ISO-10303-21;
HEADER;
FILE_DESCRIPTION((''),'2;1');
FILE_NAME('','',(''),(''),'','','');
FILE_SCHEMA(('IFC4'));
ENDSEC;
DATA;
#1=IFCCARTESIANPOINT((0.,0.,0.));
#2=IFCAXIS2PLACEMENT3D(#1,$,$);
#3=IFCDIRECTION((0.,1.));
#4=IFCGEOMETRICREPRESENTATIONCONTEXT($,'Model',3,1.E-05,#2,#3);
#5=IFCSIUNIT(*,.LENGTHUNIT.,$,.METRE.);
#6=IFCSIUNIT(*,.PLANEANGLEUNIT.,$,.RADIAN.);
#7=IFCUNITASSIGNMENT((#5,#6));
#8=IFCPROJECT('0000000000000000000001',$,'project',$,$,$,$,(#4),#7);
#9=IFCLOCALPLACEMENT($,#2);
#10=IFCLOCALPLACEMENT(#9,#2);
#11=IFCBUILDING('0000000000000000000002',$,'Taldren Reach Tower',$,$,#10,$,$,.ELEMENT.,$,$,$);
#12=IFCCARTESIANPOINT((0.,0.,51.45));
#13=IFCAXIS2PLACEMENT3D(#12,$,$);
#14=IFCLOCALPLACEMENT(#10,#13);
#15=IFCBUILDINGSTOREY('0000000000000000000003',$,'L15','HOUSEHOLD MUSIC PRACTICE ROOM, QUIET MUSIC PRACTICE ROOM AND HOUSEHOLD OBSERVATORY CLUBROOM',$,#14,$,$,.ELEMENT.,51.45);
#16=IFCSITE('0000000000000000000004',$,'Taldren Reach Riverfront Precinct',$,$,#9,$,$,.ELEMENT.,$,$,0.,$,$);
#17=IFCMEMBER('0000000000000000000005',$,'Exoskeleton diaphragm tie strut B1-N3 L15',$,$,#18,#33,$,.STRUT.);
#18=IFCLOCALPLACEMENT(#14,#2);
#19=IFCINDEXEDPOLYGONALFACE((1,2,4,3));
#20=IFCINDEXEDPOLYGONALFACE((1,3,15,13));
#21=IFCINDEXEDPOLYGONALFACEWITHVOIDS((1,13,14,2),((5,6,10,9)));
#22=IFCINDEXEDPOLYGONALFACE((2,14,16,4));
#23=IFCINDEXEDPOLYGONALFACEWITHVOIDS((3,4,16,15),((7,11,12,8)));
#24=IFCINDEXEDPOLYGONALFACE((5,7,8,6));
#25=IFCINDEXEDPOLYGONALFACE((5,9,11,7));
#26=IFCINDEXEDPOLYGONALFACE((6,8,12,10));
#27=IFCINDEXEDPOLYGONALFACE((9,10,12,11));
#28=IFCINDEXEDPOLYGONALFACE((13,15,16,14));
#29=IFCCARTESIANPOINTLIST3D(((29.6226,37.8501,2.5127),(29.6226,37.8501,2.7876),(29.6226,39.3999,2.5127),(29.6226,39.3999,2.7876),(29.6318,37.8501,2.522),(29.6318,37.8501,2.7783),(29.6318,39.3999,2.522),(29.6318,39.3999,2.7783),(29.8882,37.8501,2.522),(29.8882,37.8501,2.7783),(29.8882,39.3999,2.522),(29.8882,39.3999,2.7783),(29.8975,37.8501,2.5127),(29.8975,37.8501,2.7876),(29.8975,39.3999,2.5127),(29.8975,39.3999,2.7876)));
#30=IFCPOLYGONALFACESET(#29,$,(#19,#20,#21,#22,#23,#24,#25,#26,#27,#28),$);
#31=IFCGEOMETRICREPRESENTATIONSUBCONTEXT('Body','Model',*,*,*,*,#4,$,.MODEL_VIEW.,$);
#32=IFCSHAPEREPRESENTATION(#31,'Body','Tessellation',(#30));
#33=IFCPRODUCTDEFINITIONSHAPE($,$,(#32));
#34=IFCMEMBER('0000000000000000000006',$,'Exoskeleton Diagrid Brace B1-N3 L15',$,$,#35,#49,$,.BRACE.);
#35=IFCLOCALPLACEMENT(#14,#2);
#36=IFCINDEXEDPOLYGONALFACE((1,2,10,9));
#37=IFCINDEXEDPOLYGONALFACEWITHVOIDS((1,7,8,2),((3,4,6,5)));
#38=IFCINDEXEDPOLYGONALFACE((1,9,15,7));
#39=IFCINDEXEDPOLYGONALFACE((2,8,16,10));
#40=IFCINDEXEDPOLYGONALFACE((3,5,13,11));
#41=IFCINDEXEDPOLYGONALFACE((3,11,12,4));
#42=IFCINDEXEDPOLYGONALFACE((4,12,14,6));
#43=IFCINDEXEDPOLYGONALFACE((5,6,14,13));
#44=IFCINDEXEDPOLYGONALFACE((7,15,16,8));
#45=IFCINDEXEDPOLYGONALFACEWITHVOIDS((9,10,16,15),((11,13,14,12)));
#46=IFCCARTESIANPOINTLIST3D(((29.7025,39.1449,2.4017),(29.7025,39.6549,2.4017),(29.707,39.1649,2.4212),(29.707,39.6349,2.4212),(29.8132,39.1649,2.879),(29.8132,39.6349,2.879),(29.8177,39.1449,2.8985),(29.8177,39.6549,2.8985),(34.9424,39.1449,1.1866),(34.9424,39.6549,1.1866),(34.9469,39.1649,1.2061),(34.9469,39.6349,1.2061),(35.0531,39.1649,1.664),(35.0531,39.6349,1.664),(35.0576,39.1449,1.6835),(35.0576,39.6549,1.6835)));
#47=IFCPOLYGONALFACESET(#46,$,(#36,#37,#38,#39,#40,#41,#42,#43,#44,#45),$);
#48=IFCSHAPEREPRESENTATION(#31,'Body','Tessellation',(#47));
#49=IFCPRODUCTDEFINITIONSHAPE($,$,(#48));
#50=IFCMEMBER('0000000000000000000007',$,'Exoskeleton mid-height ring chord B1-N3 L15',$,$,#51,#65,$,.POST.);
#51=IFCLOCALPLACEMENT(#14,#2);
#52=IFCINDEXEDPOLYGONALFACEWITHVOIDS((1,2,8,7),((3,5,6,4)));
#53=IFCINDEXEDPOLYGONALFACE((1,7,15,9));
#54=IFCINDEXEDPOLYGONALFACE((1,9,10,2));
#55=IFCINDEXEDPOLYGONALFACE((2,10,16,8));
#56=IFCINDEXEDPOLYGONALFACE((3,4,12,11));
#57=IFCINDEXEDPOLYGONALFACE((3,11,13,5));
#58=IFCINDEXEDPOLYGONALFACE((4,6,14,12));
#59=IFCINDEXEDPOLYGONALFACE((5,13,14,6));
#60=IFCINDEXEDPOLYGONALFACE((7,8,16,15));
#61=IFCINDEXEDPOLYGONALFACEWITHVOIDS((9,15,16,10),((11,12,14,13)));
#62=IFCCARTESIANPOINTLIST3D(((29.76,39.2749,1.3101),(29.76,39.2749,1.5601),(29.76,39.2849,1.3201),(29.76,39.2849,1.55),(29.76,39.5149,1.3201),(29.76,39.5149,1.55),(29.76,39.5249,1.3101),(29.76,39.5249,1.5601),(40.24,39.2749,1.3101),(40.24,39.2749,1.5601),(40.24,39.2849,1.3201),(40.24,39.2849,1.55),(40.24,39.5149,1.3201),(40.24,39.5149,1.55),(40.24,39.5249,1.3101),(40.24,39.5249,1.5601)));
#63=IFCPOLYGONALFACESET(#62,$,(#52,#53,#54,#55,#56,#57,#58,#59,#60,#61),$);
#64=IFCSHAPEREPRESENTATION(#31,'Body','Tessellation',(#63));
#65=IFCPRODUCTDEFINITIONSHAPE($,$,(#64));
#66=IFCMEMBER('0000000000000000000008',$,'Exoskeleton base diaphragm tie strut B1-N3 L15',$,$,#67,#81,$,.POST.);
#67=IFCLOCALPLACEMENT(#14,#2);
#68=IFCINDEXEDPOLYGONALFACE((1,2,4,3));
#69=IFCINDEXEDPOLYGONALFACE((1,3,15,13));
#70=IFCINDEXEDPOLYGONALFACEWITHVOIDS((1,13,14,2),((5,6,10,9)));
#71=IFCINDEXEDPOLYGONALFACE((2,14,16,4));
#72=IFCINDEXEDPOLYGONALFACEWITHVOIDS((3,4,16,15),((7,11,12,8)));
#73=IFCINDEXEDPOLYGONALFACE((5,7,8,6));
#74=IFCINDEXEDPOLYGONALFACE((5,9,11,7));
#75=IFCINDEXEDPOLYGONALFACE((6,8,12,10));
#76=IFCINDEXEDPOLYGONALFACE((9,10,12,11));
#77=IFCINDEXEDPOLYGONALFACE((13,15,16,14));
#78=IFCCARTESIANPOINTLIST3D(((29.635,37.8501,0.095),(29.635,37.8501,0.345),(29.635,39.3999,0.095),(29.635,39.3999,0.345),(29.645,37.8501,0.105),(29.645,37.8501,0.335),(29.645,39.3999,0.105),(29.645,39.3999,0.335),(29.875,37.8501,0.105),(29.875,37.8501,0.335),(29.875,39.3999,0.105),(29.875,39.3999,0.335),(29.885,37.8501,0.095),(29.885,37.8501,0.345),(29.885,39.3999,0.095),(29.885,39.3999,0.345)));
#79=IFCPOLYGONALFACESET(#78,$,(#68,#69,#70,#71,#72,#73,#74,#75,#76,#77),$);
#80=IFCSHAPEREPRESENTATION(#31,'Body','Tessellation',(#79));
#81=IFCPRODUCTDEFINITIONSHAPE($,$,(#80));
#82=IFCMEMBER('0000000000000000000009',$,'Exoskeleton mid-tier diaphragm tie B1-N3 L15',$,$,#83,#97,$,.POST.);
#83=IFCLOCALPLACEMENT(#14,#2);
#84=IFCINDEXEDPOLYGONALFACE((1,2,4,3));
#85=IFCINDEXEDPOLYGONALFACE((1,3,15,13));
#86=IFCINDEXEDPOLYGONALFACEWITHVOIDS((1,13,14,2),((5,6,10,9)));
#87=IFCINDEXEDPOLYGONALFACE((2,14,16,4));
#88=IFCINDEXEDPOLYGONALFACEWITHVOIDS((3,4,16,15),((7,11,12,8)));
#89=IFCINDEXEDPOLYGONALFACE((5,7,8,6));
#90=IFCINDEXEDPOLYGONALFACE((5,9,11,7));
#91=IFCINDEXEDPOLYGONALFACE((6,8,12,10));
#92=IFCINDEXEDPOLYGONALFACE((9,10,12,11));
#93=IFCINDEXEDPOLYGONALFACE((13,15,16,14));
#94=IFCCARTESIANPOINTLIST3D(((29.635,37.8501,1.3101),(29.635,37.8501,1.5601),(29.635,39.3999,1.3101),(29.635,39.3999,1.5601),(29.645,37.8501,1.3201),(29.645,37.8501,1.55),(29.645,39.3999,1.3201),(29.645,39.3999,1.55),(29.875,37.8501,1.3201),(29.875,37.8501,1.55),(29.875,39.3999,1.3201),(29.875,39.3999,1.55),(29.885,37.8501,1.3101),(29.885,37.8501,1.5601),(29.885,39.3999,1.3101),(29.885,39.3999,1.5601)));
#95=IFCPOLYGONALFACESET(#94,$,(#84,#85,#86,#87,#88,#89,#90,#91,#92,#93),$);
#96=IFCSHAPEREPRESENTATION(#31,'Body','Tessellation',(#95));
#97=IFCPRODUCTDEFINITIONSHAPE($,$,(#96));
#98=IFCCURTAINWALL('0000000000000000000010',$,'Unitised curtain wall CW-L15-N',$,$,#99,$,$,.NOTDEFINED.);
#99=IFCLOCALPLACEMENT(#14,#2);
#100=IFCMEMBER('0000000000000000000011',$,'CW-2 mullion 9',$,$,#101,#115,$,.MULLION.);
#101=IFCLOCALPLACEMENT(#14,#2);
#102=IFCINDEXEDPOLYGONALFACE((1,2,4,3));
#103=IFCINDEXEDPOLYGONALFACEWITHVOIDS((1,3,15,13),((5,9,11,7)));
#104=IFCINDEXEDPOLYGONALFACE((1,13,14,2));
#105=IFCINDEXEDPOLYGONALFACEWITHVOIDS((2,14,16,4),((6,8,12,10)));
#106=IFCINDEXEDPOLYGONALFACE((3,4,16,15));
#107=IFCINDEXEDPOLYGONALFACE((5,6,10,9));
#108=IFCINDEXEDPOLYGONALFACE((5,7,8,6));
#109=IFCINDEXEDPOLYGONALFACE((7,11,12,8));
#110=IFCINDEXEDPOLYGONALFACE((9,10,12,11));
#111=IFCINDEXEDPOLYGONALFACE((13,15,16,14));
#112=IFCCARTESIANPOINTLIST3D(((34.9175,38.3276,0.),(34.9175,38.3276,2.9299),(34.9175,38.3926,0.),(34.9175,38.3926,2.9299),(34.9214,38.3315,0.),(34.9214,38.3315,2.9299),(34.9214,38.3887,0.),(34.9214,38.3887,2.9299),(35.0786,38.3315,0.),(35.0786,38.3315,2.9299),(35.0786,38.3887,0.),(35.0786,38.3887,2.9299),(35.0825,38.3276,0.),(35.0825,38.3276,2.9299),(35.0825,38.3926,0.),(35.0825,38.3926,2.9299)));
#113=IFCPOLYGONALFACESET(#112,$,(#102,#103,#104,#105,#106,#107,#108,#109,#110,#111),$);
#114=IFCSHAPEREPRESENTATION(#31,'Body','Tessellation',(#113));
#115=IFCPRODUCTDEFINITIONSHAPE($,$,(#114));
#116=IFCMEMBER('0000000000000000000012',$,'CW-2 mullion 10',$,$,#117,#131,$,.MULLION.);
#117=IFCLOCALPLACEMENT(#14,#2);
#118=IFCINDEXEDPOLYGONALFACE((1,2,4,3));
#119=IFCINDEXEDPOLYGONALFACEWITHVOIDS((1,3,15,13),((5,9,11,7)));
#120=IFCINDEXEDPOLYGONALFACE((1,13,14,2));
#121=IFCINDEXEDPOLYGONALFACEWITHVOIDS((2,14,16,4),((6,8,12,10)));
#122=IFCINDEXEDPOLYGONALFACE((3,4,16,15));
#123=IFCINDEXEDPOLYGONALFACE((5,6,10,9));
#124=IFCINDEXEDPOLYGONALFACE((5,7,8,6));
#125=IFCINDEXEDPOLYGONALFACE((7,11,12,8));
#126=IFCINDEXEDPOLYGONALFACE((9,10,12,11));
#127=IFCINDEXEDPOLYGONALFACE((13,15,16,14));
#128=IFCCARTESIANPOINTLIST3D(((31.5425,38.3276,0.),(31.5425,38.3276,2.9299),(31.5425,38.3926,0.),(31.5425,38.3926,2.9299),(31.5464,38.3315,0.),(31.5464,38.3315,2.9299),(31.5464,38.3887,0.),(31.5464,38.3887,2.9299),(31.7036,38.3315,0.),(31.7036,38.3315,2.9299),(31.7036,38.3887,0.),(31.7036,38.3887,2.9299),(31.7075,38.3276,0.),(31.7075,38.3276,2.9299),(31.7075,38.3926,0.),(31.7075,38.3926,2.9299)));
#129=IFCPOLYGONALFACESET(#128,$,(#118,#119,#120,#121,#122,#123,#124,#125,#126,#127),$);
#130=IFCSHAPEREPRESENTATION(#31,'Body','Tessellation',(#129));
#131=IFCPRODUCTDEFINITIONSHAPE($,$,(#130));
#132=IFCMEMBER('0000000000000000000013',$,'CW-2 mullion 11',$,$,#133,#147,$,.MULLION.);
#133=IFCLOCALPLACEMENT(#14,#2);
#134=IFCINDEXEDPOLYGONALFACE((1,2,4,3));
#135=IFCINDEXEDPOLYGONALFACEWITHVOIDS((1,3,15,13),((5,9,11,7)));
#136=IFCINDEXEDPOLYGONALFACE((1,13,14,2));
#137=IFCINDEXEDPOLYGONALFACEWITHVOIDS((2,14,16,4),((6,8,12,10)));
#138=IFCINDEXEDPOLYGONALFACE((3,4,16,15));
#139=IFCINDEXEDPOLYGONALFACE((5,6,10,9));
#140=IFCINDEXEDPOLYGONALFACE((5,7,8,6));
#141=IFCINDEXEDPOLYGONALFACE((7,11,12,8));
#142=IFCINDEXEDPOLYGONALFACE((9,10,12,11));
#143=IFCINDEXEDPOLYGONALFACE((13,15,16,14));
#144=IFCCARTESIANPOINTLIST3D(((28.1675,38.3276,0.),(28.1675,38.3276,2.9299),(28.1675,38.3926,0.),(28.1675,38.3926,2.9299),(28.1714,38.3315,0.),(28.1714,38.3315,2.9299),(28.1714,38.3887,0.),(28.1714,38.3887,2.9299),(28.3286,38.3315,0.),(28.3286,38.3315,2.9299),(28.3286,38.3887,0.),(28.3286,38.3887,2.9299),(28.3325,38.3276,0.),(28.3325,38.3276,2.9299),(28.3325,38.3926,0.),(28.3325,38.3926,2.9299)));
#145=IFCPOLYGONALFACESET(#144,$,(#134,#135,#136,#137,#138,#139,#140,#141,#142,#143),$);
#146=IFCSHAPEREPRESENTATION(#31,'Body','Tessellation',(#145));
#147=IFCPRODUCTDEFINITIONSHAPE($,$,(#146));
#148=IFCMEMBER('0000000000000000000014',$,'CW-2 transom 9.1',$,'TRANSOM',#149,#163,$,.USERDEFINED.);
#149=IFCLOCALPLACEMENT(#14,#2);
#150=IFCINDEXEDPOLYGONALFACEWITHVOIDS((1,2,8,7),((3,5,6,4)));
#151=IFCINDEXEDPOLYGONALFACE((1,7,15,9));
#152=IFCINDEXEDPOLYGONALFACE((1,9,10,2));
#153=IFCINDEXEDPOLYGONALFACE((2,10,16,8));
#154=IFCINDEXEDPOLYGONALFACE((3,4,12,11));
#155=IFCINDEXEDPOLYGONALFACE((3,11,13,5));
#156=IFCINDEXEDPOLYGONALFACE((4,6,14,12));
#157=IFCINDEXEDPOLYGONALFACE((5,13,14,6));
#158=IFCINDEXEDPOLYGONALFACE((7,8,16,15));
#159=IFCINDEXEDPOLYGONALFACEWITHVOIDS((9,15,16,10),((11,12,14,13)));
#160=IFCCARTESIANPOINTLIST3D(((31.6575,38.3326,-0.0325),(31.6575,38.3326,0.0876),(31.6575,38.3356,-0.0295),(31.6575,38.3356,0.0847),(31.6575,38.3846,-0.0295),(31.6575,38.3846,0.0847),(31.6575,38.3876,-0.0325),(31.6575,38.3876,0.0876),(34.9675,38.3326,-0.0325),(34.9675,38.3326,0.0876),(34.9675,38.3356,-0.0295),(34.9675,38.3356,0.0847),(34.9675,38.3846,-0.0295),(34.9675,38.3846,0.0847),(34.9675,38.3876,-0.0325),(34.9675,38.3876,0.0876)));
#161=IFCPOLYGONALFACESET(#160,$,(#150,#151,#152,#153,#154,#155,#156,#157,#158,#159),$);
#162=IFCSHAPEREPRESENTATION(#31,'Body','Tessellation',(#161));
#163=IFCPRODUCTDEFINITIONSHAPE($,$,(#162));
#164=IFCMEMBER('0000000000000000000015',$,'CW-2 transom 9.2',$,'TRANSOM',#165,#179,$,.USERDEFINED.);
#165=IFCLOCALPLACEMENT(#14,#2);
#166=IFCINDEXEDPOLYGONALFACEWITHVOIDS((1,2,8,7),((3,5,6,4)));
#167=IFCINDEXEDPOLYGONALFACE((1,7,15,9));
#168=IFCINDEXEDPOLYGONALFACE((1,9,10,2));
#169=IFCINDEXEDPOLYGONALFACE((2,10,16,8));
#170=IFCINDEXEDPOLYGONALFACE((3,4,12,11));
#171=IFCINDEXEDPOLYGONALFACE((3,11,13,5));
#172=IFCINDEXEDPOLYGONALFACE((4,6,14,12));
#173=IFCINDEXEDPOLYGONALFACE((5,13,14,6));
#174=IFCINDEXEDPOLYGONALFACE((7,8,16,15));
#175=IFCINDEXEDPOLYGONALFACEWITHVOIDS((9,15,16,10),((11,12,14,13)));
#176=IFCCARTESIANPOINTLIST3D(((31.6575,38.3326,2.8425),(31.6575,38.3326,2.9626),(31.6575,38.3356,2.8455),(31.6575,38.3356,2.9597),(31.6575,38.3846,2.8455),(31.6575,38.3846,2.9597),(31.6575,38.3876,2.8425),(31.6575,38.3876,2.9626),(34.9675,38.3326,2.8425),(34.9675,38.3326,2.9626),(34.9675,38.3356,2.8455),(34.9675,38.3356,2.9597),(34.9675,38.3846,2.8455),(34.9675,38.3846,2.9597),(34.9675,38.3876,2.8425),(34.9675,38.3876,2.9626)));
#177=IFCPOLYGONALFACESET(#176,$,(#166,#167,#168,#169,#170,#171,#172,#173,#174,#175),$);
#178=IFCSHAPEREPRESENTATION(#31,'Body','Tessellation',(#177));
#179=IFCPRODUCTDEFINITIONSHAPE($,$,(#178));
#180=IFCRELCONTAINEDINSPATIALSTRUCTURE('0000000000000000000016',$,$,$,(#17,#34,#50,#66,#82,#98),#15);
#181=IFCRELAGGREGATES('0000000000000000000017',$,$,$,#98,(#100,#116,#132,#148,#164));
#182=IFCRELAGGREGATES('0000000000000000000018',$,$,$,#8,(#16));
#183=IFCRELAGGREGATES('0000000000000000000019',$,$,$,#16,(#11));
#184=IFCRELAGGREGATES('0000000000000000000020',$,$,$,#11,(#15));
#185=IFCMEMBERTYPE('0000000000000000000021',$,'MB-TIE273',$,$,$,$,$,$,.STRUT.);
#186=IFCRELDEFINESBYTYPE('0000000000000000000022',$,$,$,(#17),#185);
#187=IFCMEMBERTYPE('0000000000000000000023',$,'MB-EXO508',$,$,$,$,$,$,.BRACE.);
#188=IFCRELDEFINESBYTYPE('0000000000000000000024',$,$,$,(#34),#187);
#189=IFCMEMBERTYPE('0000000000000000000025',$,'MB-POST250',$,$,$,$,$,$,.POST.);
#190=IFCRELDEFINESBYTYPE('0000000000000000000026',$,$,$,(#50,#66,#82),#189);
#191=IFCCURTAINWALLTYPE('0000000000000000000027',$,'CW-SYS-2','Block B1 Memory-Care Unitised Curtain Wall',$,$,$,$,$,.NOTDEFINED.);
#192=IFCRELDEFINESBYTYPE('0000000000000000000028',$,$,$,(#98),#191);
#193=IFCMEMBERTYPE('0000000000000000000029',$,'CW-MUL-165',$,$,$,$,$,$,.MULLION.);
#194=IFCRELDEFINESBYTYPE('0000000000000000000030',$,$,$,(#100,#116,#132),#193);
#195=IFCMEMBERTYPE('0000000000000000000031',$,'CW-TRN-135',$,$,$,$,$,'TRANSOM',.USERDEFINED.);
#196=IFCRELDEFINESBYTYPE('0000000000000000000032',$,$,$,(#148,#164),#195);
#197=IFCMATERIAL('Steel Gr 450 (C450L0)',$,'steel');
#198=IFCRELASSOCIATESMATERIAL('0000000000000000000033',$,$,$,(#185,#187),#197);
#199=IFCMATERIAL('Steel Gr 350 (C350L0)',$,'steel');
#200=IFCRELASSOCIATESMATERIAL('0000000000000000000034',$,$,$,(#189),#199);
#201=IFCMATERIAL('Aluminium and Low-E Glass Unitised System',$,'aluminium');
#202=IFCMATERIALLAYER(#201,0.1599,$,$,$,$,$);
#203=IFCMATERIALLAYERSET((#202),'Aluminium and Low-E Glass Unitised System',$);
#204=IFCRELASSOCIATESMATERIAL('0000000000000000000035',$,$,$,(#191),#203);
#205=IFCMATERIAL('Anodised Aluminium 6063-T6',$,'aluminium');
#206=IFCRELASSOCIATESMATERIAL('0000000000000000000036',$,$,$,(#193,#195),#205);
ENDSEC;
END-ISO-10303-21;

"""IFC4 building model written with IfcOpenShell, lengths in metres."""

from ifc_helpers import new_model, si_unit, direction, frame, origin, origin_2d, place, context, subcontext, project, spatial, hollow_rectangle, extrude, source, transform, mapped, material, layer, layer_set, material_profile, profile_set, type_object, element, aggregate, save


model = new_model("IFC4")

# Units and contexts
model_context = context("Model", 3, precision=1e-05, world=origin(), true_north=direction((0.0, 1.0)))
body_context = subcontext(model_context, "Body", "Model", "MODEL_VIEW")
ifc_project = project(units=[si_unit("LENGTHUNIT", "METRE"), si_unit("PLANEANGLEUNIT", "RADIAN")], contexts=[model_context])

# Site, building, storey
site_placement = place(None, origin())
site = spatial("IfcSite", under=ifc_project, at=site_placement, Name="Taldren Reach Riverfront Precinct", CompositionType="ELEMENT", RefElevation=0.0)
building_placement = place(site_placement, origin())
building = spatial("IfcBuilding", under=site, at=building_placement, Name="Taldren Reach Tower", CompositionType="ELEMENT")
storey_placement = place(building_placement, frame((0.0, 0.0, 51.45)))
storey = spatial("IfcBuildingStorey", under=building, at=storey_placement, Name="L15", Description="HOUSEHOLD MUSIC PRACTICE ROOM, QUIET MUSIC PRACTICE ROOM AND HOUSEHOLD OBSERVATORY CLUBROOM", CompositionType="ELEMENT", Elevation=51.45)

# Members
ifc_material_1 = material(Name="Steel Gr 450 (C450L0)", Category="steel")
ifc_material_profile_1 = material_profile(ifc_material_1, hollow_rectangle(XDim=0.2749, YDim=0.2749, WallThickness=0.0093, at=origin_2d()), Name="275x275x9.3SHS")
ifc_profile_set_1 = profile_set([ifc_material_profile_1], Name="Steel Gr 450 (C450L0)")
member_type_1 = type_object("IfcMemberType", Name="MB-TIE273", PredefinedType="STRUT", material=ifc_profile_set_1)
shared_shape_1 = source(origin(), body_context, "Body", "SweptSolid", [
    extrude(hollow_rectangle(XDim=0.2749, YDim=0.2749, WallThickness=0.0093, at=origin_2d()), origin(), (0.0, 0.0, 1.0), 1.5498),
])
member_1_placement = place(storey_placement, frame((29.76, 37.8501, 2.6501), z_axis=(0.0, 1.0, 0.0), x_axis=(-1.0, 0.0, 0.0)))
element("IfcMember", 1, at=member_1_placement, inside=storey, type_object=member_type_1, Name="Exoskeleton diaphragm tie strut B1-N3 L15", PredefinedType="STRUT", context=body_context, shape_type="MappedRepresentation", body=[
    mapped(shared_shape_1, transform((0.0, 0.0, 0.0), scale=1.0)),
])
ifc_material_profile_2 = material_profile(ifc_material_1, hollow_rectangle(XDim=0.51, YDim=0.51, WallThickness=0.02, at=origin_2d()), Name="510x510x20.0SHS")
ifc_profile_set_2 = profile_set([ifc_material_profile_2], Name="Steel Gr 450 (C450L0)")
member_type_2 = type_object("IfcMemberType", Name="MB-EXO508", PredefinedType="BRACE", material=ifc_profile_set_2)
shared_shape_2 = source(origin(), body_context, "Body", "SweptSolid", [
    extrude(hollow_rectangle(XDim=0.51, YDim=0.51, WallThickness=0.02, at=origin_2d()), origin(), (0.0, 0.0, 1.0), 5.3789),
])
member_2_placement = place(storey_placement, frame((35.0, 39.3999, 1.4351), z_axis=(-0.974152, 0.0, 0.225894), x_axis=(0.0, -1.0, 0.0)))
element("IfcMember", 2, at=member_2_placement, inside=storey, type_object=member_type_2, Name="Exoskeleton Diagrid Brace B1-N3 L15", PredefinedType="BRACE", context=body_context, shape_type="MappedRepresentation", body=[
    mapped(shared_shape_2, transform((0.0, 0.0, 0.0), scale=1.0)),
])
ifc_material_2 = material(Name="Steel Gr 350 (C350L0)", Category="steel")
ifc_material_profile_3 = material_profile(ifc_material_2, hollow_rectangle(XDim=0.25, YDim=0.25, WallThickness=0.01, at=origin_2d()), Name="250x250x10.0SHS")
ifc_profile_set_3 = profile_set([ifc_material_profile_3], Name="Steel Gr 350 (C350L0)")
member_type_3 = type_object("IfcMemberType", Name="MB-POST250", PredefinedType="POST", material=ifc_profile_set_3)
shared_shape_3 = source(origin(), body_context, "Body", "SweptSolid", [
    extrude(hollow_rectangle(XDim=0.25, YDim=0.25, WallThickness=0.01, at=origin_2d()), origin(), (0.0, 0.0, 1.0), 10.48),
])
member_3_placement = place(storey_placement, frame((29.76, 39.3999, 1.4351), z_axis=(1.0, 0.0, 0.0), x_axis=(0.0, 1.0, 0.0)))
element("IfcMember", 3, at=member_3_placement, inside=storey, type_object=member_type_3, Name="Exoskeleton mid-height ring chord B1-N3 L15", PredefinedType="POST", context=body_context, shape_type="MappedRepresentation", body=[
    mapped(shared_shape_3, transform((0.0, 0.0, 0.0), scale=1.0)),
])
shared_shape_4 = source(origin(), body_context, "Body", "SweptSolid", [
    extrude(hollow_rectangle(XDim=0.25, YDim=0.25, WallThickness=0.01, at=origin_2d()), origin(), (0.0, 0.0, 1.0), 1.5498),
])
for number, where, z_axis, x_axis, name in (
    (4, (29.76, 37.8501, 0.22), (0.0, 1.0, 0.0), (-1.0, 0.0, 0.0), "Exoskeleton base diaphragm tie strut B1-N3 L15"),
    (5, (29.76, 37.8501, 1.4351), (0.0, 1.0, 0.0), (-1.0, 0.0, 0.0), "Exoskeleton mid-tier diaphragm tie B1-N3 L15"),
):
    element("IfcMember", number, at=place(storey_placement, frame(where, z_axis=z_axis, x_axis=x_axis)), inside=storey, type_object=member_type_3, Name=name, PredefinedType="POST", context=body_context, shape_type="MappedRepresentation", body=[
        mapped(shared_shape_4, transform((0.0, 0.0, 0.0), scale=1.0)),
    ])

# Curtain wall, members
ifc_material_3 = material(Name="Aluminium and Low-E Glass Unitised System", Category="aluminium")
ifc_layer_1 = layer(ifc_material_3, 0.1599)
ifc_layer_set_1 = layer_set([ifc_layer_1], Name="Aluminium and Low-E Glass Unitised System")
curtain_wall_type = type_object("IfcCurtainWallType", Name="CW-SYS-2", Description="Block B1 Memory-Care Unitised Curtain Wall", PredefinedType="NOTDEFINED", material=ifc_layer_set_1)
curtain_wall_placement = place(storey_placement, origin())
curtain_wall = element("IfcCurtainWall", 6, at=curtain_wall_placement, inside=storey, type_object=curtain_wall_type, Name="Unitised curtain wall CW-L15-N", PredefinedType="NOTDEFINED")
ifc_material_4 = material(Name="Anodised Aluminium 6063-T6", Category="aluminium")
ifc_material_profile_4 = material_profile(ifc_material_4, hollow_rectangle(XDim=0.0649, YDim=0.165, WallThickness=0.0039, at=origin_2d()), Name="ALU-165x65x4RHS")
ifc_profile_set_4 = profile_set([ifc_material_profile_4], Name="Anodised Aluminium 6063-T6")
member_type_4 = type_object("IfcMemberType", Name="CW-MUL-165", PredefinedType="MULLION", material=ifc_profile_set_4)
shared_shape_5 = source(origin(), body_context, "Body", "SweptSolid", [
    extrude(hollow_rectangle(XDim=0.0649, YDim=0.165, WallThickness=0.0039, at=origin_2d()), origin(), (0.0, 0.0, 1.0), 2.9299),
])
member_4_placement = place(storey_placement, frame((35.0, 38.3601, 0.0), z_axis=(0.0, 0.0, 1.0), x_axis=(0.0, -1.0, 0.0)))
member_4 = element("IfcMember", 7, at=member_4_placement, type_object=member_type_4, Name="CW-2 mullion 9", PredefinedType="MULLION", context=body_context, shape_type="MappedRepresentation", body=[
    mapped(shared_shape_5, transform((0.0, 0.0, 0.0), scale=1.0)),
])
member_5_placement = place(storey_placement, frame((31.625, 38.3601, 0.0), z_axis=(0.0, 0.0, 1.0), x_axis=(0.0, -1.0, 0.0)))
member_5 = element("IfcMember", 8, at=member_5_placement, type_object=member_type_4, Name="CW-2 mullion 10", PredefinedType="MULLION", context=body_context, shape_type="MappedRepresentation", body=[
    mapped(shared_shape_5, transform((0.0, 0.0, 0.0), scale=1.0)),
])
member_6_placement = place(storey_placement, frame((28.25, 38.3601, 0.0), z_axis=(0.0, 0.0, 1.0), x_axis=(0.0, -1.0, 0.0)))
member_6 = element("IfcMember", 9, at=member_6_placement, type_object=member_type_4, Name="CW-2 mullion 11", PredefinedType="MULLION", context=body_context, shape_type="MappedRepresentation", body=[
    mapped(shared_shape_5, transform((0.0, 0.0, 0.0), scale=1.0)),
])
ifc_material_profile_5 = material_profile(ifc_material_4, hollow_rectangle(XDim=0.0549, YDim=0.1201, WallThickness=0.0029, at=origin_2d()), Name="ALU-120x55x3RHS")
ifc_profile_set_5 = profile_set([ifc_material_profile_5], Name="Anodised Aluminium 6063-T6")
member_type_5 = type_object("IfcMemberType", Name="CW-TRN-135", ElementType="TRANSOM", PredefinedType="USERDEFINED", material=ifc_profile_set_5)
shared_shape_6 = source(origin(), body_context, "Body", "SweptSolid", [
    extrude(hollow_rectangle(XDim=0.0549, YDim=0.1201, WallThickness=0.0029, at=origin_2d()), origin(), (0.0, 0.0, 1.0), 3.3101),
])
member_7_placement = place(storey_placement, frame((34.9675, 38.3601, 0.0276), z_axis=(-1.0, 0.0, 0.0), x_axis=(0.0, -1.0, 0.0)))
member_7 = element("IfcMember", 10, at=member_7_placement, type_object=member_type_5, Name="CW-2 transom 9.1", ObjectType="TRANSOM", PredefinedType="USERDEFINED", context=body_context, shape_type="MappedRepresentation", body=[
    mapped(shared_shape_6, transform((0.0, 0.0, 0.0), scale=1.0)),
])
member_8_placement = place(storey_placement, frame((34.9675, 38.3601, 2.9026), z_axis=(-1.0, 0.0, 0.0), x_axis=(0.0, -1.0, 0.0)))
member_8 = element("IfcMember", 11, at=member_8_placement, type_object=member_type_5, Name="CW-2 transom 9.2", ObjectType="TRANSOM", PredefinedType="USERDEFINED", context=body_context, shape_type="MappedRepresentation", body=[
    mapped(shared_shape_6, transform((0.0, 0.0, 0.0), scale=1.0)),
])

aggregate(curtain_wall, [member_4, member_5, member_6, member_7, member_8])

save(model, "model.ifc")
